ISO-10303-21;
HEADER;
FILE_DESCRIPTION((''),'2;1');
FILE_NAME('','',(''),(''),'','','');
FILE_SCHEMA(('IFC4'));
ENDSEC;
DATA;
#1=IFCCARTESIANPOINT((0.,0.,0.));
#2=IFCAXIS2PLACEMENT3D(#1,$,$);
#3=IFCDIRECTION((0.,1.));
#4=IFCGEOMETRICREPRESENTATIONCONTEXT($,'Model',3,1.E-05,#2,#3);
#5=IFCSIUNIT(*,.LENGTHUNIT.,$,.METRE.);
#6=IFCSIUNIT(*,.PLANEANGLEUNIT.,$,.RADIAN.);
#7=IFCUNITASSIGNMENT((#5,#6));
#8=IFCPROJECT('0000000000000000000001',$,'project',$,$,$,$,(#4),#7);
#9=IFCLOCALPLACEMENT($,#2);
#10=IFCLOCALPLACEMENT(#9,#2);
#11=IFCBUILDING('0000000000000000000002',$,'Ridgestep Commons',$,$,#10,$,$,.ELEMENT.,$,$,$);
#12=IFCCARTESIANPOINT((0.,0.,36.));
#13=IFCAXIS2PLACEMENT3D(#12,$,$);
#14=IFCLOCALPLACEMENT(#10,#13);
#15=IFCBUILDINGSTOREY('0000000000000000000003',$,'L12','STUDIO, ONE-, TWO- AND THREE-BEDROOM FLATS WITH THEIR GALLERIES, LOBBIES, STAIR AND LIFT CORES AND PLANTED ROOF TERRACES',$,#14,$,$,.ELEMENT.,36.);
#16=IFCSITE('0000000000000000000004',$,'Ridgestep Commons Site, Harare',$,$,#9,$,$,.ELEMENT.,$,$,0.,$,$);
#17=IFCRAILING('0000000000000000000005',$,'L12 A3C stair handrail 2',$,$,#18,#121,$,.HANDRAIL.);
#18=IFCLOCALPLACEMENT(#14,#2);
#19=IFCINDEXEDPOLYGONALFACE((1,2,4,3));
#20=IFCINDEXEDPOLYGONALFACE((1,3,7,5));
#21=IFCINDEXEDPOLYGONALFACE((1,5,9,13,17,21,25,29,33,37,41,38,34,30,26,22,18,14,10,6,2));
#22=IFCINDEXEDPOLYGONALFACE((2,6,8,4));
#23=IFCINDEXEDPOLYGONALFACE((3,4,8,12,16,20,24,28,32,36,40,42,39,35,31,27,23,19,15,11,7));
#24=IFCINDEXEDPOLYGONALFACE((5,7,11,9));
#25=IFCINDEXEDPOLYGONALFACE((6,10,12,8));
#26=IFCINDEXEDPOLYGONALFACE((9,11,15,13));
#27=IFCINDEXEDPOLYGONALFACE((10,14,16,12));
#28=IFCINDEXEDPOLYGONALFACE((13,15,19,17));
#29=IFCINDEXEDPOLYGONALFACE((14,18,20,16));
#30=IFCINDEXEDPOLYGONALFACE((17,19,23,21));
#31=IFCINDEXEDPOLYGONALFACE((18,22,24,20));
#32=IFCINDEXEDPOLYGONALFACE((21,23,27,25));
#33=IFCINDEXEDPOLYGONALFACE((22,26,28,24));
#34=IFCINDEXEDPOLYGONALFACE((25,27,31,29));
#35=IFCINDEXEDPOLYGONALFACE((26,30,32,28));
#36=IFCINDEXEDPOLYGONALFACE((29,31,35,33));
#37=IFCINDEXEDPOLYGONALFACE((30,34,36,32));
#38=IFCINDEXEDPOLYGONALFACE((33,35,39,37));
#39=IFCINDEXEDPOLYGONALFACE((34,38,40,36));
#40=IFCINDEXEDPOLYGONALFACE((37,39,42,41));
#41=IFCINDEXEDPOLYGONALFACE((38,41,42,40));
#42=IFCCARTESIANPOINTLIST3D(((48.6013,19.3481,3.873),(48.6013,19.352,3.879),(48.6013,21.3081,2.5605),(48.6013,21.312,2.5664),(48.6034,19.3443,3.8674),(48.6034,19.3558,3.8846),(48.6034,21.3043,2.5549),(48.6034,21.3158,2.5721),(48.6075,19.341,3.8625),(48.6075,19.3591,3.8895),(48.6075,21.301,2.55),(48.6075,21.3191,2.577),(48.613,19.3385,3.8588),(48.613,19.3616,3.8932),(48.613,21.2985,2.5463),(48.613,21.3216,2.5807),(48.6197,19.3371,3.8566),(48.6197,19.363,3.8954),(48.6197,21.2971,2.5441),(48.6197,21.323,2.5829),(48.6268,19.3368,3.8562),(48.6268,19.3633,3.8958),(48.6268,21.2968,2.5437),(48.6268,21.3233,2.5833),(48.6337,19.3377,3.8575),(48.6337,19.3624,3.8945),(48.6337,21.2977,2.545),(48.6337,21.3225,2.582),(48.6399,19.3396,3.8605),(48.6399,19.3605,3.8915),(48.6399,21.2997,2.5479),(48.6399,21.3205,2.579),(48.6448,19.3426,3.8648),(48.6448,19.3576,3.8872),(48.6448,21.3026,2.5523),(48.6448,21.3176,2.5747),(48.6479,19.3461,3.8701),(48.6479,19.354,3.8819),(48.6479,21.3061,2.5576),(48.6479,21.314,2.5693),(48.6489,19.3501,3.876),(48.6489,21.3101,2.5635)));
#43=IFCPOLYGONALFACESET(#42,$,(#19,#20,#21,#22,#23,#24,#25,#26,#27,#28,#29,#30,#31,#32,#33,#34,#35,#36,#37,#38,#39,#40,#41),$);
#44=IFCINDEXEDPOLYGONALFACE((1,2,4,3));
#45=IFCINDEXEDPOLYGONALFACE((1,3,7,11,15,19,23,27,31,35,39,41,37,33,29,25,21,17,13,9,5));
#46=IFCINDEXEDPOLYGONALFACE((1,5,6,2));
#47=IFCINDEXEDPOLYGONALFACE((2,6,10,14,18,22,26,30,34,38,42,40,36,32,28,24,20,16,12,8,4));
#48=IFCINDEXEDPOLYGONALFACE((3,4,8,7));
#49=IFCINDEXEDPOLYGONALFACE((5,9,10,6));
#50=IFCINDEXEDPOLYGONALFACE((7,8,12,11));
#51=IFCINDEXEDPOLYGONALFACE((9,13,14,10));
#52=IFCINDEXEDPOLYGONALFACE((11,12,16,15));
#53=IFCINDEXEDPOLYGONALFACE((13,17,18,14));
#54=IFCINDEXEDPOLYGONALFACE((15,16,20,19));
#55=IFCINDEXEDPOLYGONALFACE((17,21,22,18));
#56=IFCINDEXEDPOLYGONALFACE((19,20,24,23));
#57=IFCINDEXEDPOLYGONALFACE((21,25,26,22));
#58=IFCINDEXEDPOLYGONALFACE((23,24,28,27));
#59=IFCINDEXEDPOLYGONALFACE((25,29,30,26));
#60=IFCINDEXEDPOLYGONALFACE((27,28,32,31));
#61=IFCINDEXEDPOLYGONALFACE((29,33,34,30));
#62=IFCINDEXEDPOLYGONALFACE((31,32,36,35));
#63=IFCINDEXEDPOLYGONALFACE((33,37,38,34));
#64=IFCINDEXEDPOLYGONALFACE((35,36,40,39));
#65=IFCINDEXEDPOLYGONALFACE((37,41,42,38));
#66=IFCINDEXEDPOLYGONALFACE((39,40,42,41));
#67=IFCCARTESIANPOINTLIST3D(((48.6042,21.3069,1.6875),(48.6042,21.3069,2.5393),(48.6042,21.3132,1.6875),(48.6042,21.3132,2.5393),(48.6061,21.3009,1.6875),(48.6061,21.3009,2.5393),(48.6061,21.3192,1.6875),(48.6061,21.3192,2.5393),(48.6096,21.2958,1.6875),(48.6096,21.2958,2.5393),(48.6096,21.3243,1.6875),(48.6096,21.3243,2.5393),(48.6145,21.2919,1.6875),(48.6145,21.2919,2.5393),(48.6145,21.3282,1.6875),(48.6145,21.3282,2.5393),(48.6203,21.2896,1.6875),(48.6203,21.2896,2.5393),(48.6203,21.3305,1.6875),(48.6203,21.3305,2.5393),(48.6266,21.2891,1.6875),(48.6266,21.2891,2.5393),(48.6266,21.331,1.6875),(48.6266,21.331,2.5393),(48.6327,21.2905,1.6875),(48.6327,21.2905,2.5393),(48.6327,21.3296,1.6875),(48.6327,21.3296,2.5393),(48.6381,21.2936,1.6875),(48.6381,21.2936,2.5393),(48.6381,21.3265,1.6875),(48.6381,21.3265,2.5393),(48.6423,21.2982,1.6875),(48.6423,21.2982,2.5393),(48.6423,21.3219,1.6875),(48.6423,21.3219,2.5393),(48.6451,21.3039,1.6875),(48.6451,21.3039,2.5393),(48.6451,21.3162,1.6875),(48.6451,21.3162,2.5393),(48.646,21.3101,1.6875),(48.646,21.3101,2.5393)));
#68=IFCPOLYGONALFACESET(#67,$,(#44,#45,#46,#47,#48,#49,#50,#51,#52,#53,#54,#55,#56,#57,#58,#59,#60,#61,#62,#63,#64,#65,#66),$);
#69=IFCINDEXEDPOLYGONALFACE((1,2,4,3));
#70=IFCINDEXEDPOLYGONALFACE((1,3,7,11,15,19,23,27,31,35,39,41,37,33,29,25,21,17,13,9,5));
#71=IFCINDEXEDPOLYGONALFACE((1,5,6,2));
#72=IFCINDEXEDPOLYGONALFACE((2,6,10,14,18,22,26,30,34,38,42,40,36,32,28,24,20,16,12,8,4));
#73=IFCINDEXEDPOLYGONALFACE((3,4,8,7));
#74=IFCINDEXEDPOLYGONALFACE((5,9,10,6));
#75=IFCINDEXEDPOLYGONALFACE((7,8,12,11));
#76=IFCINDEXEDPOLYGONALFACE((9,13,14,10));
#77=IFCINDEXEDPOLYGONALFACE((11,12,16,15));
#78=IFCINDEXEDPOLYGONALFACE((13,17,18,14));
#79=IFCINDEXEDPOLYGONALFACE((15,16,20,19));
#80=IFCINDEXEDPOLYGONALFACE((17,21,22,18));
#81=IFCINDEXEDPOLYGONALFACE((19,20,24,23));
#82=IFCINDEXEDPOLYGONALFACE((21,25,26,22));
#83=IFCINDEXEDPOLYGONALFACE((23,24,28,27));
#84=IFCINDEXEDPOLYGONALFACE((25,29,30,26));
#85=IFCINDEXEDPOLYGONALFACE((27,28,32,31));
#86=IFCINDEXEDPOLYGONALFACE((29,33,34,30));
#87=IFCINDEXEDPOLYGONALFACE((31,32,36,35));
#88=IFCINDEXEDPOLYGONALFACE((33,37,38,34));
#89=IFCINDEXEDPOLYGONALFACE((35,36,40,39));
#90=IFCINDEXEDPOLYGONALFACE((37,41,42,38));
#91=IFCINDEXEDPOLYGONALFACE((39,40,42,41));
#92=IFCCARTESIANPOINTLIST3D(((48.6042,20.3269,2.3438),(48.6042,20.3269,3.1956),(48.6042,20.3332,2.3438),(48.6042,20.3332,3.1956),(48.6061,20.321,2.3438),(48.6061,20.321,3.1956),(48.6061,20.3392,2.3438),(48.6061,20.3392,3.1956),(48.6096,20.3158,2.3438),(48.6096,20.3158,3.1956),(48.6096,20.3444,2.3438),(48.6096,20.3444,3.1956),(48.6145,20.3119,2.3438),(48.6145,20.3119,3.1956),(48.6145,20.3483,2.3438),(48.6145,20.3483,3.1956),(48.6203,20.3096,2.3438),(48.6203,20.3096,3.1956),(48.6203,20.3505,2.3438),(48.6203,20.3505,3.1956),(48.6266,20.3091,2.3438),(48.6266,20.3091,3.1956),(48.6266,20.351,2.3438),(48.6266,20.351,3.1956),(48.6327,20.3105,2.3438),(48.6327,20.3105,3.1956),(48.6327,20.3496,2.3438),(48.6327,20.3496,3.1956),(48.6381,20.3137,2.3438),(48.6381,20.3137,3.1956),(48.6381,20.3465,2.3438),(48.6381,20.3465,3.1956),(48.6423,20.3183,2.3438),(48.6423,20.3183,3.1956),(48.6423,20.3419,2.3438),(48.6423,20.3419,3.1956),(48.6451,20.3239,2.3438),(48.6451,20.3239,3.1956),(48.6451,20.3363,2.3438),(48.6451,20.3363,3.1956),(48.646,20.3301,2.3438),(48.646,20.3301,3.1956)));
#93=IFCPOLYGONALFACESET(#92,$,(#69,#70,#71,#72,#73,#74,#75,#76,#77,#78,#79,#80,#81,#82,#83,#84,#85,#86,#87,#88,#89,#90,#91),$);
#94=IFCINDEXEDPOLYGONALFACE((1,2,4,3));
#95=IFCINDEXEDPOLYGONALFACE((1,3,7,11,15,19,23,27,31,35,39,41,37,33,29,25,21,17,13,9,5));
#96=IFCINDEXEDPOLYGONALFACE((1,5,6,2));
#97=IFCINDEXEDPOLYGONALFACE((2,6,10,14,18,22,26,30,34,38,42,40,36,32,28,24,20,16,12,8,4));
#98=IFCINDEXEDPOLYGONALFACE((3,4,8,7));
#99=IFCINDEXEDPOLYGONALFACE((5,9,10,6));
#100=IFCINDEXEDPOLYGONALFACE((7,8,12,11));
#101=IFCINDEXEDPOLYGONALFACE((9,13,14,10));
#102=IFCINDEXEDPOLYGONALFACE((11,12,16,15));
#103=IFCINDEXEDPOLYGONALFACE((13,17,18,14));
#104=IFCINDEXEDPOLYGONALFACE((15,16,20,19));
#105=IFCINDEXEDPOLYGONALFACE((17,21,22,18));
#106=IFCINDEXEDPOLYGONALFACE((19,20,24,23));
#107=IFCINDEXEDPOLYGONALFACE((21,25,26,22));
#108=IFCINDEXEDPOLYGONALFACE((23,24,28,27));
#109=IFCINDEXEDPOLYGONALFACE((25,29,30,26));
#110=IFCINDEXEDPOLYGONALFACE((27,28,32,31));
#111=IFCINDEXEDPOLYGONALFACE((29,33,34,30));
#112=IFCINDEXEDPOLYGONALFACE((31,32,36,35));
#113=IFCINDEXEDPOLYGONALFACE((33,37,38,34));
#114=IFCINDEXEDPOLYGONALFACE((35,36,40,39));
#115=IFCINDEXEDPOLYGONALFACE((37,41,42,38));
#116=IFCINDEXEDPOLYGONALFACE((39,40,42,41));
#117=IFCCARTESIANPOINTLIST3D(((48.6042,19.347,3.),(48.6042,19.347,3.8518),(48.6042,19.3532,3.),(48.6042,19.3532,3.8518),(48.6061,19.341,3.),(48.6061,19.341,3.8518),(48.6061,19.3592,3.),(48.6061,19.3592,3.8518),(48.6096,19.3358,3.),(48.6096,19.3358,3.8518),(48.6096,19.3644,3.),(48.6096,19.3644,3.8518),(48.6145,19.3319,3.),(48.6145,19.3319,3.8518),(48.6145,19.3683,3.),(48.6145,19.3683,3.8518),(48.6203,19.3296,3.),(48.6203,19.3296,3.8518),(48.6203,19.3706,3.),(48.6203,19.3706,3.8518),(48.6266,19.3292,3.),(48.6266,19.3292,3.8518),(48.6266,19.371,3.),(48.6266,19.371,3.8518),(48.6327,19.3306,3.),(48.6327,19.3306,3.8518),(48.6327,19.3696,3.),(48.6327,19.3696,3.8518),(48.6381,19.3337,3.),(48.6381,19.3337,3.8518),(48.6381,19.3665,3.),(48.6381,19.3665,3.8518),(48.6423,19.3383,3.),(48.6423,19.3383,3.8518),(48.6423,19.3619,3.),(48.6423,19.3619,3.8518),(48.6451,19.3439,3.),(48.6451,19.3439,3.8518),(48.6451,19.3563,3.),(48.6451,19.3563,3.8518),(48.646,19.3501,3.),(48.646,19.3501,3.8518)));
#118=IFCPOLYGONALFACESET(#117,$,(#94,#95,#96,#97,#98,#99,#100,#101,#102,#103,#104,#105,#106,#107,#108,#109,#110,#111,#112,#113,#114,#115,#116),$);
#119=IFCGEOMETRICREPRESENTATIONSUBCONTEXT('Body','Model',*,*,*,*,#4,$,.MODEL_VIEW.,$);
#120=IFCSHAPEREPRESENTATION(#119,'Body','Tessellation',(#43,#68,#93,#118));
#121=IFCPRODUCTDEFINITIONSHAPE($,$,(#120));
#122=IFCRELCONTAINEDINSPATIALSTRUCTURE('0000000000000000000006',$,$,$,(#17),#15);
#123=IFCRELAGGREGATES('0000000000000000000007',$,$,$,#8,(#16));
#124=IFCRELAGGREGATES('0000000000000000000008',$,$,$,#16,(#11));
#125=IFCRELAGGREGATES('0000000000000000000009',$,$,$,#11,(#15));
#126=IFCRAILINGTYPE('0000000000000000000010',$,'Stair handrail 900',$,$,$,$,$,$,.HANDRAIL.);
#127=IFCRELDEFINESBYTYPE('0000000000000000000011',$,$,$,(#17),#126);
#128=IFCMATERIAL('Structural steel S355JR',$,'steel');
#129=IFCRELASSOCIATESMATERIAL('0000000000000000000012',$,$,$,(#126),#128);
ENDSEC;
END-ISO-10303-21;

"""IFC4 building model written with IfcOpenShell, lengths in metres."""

from ifc_helpers import new_model, si_unit, direction, frame, origin, origin_2d, place, context, subcontext, project, spatial, circle, extrude, material, type_object, element, save


model = new_model("IFC4")

# Units and contexts
model_context = context("Model", 3, precision=1e-05, world=origin(), true_north=direction((0.0, 1.0)))
body_context = subcontext(model_context, "Body", "Model", "MODEL_VIEW")
ifc_project = project(units=[si_unit("LENGTHUNIT", "METRE"), si_unit("PLANEANGLEUNIT", "RADIAN")], contexts=[model_context])

# Site, building, storey
site_placement = place(None, origin())
site = spatial("IfcSite", under=ifc_project, at=site_placement, Name="Ridgestep Commons Site, Harare", CompositionType="ELEMENT", RefElevation=0.0)
building_placement = place(site_placement, origin())
building = spatial("IfcBuilding", under=site, at=building_placement, Name="Ridgestep Commons", CompositionType="ELEMENT")
storey_placement = place(building_placement, frame((0.0, 0.0, 36.0)))
storey = spatial("IfcBuildingStorey", under=building, at=storey_placement, Name="L12", Description="STUDIO, ONE-, TWO- AND THREE-BEDROOM FLATS WITH THEIR GALLERIES, LOBBIES, STAIR AND LIFT CORES AND PLANTED ROOF TERRACES", CompositionType="ELEMENT", Elevation=36.0)

# Railing
ifc_material_1 = material(Name="Structural steel S355JR", Category="steel")
railing_type_1 = type_object("IfcRailingType", Name="Stair handrail 900", PredefinedType="HANDRAIL", material=ifc_material_1)
railing_1_placement = place(storey_placement, frame((48.625, 21.3101, 1.6875)))
element("IfcRailing", 1, at=railing_1_placement, inside=storey, type_object=railing_type_1, Name="L12 A3C stair handrail 2", PredefinedType="HANDRAIL", context=body_context, shape_type="SweptSolid", body=[
    extrude(circle(Radius=0.0239, at=origin_2d()), frame((0.0, 0.0, 0.876), z_axis=(0.0, -0.830902, 0.556419), x_axis=(1.0, 0.0, 0.0)), (0.0, 0.0, 1.0), 2.3589),
    extrude(circle(Radius=0.021, at=origin_2d()), origin(), (0.0, 0.0, 1.0), 0.8518),
    extrude(circle(Radius=0.021, at=origin_2d()), frame((0.0, -0.98, 0.6562)), (0.0, 0.0, 1.0), 0.8518),
    extrude(circle(Radius=0.021, at=origin_2d()), frame((0.0, -1.96, 1.3125)), (0.0, 0.0, 1.0), 0.8518),
])

save(model, "model.ifc")
